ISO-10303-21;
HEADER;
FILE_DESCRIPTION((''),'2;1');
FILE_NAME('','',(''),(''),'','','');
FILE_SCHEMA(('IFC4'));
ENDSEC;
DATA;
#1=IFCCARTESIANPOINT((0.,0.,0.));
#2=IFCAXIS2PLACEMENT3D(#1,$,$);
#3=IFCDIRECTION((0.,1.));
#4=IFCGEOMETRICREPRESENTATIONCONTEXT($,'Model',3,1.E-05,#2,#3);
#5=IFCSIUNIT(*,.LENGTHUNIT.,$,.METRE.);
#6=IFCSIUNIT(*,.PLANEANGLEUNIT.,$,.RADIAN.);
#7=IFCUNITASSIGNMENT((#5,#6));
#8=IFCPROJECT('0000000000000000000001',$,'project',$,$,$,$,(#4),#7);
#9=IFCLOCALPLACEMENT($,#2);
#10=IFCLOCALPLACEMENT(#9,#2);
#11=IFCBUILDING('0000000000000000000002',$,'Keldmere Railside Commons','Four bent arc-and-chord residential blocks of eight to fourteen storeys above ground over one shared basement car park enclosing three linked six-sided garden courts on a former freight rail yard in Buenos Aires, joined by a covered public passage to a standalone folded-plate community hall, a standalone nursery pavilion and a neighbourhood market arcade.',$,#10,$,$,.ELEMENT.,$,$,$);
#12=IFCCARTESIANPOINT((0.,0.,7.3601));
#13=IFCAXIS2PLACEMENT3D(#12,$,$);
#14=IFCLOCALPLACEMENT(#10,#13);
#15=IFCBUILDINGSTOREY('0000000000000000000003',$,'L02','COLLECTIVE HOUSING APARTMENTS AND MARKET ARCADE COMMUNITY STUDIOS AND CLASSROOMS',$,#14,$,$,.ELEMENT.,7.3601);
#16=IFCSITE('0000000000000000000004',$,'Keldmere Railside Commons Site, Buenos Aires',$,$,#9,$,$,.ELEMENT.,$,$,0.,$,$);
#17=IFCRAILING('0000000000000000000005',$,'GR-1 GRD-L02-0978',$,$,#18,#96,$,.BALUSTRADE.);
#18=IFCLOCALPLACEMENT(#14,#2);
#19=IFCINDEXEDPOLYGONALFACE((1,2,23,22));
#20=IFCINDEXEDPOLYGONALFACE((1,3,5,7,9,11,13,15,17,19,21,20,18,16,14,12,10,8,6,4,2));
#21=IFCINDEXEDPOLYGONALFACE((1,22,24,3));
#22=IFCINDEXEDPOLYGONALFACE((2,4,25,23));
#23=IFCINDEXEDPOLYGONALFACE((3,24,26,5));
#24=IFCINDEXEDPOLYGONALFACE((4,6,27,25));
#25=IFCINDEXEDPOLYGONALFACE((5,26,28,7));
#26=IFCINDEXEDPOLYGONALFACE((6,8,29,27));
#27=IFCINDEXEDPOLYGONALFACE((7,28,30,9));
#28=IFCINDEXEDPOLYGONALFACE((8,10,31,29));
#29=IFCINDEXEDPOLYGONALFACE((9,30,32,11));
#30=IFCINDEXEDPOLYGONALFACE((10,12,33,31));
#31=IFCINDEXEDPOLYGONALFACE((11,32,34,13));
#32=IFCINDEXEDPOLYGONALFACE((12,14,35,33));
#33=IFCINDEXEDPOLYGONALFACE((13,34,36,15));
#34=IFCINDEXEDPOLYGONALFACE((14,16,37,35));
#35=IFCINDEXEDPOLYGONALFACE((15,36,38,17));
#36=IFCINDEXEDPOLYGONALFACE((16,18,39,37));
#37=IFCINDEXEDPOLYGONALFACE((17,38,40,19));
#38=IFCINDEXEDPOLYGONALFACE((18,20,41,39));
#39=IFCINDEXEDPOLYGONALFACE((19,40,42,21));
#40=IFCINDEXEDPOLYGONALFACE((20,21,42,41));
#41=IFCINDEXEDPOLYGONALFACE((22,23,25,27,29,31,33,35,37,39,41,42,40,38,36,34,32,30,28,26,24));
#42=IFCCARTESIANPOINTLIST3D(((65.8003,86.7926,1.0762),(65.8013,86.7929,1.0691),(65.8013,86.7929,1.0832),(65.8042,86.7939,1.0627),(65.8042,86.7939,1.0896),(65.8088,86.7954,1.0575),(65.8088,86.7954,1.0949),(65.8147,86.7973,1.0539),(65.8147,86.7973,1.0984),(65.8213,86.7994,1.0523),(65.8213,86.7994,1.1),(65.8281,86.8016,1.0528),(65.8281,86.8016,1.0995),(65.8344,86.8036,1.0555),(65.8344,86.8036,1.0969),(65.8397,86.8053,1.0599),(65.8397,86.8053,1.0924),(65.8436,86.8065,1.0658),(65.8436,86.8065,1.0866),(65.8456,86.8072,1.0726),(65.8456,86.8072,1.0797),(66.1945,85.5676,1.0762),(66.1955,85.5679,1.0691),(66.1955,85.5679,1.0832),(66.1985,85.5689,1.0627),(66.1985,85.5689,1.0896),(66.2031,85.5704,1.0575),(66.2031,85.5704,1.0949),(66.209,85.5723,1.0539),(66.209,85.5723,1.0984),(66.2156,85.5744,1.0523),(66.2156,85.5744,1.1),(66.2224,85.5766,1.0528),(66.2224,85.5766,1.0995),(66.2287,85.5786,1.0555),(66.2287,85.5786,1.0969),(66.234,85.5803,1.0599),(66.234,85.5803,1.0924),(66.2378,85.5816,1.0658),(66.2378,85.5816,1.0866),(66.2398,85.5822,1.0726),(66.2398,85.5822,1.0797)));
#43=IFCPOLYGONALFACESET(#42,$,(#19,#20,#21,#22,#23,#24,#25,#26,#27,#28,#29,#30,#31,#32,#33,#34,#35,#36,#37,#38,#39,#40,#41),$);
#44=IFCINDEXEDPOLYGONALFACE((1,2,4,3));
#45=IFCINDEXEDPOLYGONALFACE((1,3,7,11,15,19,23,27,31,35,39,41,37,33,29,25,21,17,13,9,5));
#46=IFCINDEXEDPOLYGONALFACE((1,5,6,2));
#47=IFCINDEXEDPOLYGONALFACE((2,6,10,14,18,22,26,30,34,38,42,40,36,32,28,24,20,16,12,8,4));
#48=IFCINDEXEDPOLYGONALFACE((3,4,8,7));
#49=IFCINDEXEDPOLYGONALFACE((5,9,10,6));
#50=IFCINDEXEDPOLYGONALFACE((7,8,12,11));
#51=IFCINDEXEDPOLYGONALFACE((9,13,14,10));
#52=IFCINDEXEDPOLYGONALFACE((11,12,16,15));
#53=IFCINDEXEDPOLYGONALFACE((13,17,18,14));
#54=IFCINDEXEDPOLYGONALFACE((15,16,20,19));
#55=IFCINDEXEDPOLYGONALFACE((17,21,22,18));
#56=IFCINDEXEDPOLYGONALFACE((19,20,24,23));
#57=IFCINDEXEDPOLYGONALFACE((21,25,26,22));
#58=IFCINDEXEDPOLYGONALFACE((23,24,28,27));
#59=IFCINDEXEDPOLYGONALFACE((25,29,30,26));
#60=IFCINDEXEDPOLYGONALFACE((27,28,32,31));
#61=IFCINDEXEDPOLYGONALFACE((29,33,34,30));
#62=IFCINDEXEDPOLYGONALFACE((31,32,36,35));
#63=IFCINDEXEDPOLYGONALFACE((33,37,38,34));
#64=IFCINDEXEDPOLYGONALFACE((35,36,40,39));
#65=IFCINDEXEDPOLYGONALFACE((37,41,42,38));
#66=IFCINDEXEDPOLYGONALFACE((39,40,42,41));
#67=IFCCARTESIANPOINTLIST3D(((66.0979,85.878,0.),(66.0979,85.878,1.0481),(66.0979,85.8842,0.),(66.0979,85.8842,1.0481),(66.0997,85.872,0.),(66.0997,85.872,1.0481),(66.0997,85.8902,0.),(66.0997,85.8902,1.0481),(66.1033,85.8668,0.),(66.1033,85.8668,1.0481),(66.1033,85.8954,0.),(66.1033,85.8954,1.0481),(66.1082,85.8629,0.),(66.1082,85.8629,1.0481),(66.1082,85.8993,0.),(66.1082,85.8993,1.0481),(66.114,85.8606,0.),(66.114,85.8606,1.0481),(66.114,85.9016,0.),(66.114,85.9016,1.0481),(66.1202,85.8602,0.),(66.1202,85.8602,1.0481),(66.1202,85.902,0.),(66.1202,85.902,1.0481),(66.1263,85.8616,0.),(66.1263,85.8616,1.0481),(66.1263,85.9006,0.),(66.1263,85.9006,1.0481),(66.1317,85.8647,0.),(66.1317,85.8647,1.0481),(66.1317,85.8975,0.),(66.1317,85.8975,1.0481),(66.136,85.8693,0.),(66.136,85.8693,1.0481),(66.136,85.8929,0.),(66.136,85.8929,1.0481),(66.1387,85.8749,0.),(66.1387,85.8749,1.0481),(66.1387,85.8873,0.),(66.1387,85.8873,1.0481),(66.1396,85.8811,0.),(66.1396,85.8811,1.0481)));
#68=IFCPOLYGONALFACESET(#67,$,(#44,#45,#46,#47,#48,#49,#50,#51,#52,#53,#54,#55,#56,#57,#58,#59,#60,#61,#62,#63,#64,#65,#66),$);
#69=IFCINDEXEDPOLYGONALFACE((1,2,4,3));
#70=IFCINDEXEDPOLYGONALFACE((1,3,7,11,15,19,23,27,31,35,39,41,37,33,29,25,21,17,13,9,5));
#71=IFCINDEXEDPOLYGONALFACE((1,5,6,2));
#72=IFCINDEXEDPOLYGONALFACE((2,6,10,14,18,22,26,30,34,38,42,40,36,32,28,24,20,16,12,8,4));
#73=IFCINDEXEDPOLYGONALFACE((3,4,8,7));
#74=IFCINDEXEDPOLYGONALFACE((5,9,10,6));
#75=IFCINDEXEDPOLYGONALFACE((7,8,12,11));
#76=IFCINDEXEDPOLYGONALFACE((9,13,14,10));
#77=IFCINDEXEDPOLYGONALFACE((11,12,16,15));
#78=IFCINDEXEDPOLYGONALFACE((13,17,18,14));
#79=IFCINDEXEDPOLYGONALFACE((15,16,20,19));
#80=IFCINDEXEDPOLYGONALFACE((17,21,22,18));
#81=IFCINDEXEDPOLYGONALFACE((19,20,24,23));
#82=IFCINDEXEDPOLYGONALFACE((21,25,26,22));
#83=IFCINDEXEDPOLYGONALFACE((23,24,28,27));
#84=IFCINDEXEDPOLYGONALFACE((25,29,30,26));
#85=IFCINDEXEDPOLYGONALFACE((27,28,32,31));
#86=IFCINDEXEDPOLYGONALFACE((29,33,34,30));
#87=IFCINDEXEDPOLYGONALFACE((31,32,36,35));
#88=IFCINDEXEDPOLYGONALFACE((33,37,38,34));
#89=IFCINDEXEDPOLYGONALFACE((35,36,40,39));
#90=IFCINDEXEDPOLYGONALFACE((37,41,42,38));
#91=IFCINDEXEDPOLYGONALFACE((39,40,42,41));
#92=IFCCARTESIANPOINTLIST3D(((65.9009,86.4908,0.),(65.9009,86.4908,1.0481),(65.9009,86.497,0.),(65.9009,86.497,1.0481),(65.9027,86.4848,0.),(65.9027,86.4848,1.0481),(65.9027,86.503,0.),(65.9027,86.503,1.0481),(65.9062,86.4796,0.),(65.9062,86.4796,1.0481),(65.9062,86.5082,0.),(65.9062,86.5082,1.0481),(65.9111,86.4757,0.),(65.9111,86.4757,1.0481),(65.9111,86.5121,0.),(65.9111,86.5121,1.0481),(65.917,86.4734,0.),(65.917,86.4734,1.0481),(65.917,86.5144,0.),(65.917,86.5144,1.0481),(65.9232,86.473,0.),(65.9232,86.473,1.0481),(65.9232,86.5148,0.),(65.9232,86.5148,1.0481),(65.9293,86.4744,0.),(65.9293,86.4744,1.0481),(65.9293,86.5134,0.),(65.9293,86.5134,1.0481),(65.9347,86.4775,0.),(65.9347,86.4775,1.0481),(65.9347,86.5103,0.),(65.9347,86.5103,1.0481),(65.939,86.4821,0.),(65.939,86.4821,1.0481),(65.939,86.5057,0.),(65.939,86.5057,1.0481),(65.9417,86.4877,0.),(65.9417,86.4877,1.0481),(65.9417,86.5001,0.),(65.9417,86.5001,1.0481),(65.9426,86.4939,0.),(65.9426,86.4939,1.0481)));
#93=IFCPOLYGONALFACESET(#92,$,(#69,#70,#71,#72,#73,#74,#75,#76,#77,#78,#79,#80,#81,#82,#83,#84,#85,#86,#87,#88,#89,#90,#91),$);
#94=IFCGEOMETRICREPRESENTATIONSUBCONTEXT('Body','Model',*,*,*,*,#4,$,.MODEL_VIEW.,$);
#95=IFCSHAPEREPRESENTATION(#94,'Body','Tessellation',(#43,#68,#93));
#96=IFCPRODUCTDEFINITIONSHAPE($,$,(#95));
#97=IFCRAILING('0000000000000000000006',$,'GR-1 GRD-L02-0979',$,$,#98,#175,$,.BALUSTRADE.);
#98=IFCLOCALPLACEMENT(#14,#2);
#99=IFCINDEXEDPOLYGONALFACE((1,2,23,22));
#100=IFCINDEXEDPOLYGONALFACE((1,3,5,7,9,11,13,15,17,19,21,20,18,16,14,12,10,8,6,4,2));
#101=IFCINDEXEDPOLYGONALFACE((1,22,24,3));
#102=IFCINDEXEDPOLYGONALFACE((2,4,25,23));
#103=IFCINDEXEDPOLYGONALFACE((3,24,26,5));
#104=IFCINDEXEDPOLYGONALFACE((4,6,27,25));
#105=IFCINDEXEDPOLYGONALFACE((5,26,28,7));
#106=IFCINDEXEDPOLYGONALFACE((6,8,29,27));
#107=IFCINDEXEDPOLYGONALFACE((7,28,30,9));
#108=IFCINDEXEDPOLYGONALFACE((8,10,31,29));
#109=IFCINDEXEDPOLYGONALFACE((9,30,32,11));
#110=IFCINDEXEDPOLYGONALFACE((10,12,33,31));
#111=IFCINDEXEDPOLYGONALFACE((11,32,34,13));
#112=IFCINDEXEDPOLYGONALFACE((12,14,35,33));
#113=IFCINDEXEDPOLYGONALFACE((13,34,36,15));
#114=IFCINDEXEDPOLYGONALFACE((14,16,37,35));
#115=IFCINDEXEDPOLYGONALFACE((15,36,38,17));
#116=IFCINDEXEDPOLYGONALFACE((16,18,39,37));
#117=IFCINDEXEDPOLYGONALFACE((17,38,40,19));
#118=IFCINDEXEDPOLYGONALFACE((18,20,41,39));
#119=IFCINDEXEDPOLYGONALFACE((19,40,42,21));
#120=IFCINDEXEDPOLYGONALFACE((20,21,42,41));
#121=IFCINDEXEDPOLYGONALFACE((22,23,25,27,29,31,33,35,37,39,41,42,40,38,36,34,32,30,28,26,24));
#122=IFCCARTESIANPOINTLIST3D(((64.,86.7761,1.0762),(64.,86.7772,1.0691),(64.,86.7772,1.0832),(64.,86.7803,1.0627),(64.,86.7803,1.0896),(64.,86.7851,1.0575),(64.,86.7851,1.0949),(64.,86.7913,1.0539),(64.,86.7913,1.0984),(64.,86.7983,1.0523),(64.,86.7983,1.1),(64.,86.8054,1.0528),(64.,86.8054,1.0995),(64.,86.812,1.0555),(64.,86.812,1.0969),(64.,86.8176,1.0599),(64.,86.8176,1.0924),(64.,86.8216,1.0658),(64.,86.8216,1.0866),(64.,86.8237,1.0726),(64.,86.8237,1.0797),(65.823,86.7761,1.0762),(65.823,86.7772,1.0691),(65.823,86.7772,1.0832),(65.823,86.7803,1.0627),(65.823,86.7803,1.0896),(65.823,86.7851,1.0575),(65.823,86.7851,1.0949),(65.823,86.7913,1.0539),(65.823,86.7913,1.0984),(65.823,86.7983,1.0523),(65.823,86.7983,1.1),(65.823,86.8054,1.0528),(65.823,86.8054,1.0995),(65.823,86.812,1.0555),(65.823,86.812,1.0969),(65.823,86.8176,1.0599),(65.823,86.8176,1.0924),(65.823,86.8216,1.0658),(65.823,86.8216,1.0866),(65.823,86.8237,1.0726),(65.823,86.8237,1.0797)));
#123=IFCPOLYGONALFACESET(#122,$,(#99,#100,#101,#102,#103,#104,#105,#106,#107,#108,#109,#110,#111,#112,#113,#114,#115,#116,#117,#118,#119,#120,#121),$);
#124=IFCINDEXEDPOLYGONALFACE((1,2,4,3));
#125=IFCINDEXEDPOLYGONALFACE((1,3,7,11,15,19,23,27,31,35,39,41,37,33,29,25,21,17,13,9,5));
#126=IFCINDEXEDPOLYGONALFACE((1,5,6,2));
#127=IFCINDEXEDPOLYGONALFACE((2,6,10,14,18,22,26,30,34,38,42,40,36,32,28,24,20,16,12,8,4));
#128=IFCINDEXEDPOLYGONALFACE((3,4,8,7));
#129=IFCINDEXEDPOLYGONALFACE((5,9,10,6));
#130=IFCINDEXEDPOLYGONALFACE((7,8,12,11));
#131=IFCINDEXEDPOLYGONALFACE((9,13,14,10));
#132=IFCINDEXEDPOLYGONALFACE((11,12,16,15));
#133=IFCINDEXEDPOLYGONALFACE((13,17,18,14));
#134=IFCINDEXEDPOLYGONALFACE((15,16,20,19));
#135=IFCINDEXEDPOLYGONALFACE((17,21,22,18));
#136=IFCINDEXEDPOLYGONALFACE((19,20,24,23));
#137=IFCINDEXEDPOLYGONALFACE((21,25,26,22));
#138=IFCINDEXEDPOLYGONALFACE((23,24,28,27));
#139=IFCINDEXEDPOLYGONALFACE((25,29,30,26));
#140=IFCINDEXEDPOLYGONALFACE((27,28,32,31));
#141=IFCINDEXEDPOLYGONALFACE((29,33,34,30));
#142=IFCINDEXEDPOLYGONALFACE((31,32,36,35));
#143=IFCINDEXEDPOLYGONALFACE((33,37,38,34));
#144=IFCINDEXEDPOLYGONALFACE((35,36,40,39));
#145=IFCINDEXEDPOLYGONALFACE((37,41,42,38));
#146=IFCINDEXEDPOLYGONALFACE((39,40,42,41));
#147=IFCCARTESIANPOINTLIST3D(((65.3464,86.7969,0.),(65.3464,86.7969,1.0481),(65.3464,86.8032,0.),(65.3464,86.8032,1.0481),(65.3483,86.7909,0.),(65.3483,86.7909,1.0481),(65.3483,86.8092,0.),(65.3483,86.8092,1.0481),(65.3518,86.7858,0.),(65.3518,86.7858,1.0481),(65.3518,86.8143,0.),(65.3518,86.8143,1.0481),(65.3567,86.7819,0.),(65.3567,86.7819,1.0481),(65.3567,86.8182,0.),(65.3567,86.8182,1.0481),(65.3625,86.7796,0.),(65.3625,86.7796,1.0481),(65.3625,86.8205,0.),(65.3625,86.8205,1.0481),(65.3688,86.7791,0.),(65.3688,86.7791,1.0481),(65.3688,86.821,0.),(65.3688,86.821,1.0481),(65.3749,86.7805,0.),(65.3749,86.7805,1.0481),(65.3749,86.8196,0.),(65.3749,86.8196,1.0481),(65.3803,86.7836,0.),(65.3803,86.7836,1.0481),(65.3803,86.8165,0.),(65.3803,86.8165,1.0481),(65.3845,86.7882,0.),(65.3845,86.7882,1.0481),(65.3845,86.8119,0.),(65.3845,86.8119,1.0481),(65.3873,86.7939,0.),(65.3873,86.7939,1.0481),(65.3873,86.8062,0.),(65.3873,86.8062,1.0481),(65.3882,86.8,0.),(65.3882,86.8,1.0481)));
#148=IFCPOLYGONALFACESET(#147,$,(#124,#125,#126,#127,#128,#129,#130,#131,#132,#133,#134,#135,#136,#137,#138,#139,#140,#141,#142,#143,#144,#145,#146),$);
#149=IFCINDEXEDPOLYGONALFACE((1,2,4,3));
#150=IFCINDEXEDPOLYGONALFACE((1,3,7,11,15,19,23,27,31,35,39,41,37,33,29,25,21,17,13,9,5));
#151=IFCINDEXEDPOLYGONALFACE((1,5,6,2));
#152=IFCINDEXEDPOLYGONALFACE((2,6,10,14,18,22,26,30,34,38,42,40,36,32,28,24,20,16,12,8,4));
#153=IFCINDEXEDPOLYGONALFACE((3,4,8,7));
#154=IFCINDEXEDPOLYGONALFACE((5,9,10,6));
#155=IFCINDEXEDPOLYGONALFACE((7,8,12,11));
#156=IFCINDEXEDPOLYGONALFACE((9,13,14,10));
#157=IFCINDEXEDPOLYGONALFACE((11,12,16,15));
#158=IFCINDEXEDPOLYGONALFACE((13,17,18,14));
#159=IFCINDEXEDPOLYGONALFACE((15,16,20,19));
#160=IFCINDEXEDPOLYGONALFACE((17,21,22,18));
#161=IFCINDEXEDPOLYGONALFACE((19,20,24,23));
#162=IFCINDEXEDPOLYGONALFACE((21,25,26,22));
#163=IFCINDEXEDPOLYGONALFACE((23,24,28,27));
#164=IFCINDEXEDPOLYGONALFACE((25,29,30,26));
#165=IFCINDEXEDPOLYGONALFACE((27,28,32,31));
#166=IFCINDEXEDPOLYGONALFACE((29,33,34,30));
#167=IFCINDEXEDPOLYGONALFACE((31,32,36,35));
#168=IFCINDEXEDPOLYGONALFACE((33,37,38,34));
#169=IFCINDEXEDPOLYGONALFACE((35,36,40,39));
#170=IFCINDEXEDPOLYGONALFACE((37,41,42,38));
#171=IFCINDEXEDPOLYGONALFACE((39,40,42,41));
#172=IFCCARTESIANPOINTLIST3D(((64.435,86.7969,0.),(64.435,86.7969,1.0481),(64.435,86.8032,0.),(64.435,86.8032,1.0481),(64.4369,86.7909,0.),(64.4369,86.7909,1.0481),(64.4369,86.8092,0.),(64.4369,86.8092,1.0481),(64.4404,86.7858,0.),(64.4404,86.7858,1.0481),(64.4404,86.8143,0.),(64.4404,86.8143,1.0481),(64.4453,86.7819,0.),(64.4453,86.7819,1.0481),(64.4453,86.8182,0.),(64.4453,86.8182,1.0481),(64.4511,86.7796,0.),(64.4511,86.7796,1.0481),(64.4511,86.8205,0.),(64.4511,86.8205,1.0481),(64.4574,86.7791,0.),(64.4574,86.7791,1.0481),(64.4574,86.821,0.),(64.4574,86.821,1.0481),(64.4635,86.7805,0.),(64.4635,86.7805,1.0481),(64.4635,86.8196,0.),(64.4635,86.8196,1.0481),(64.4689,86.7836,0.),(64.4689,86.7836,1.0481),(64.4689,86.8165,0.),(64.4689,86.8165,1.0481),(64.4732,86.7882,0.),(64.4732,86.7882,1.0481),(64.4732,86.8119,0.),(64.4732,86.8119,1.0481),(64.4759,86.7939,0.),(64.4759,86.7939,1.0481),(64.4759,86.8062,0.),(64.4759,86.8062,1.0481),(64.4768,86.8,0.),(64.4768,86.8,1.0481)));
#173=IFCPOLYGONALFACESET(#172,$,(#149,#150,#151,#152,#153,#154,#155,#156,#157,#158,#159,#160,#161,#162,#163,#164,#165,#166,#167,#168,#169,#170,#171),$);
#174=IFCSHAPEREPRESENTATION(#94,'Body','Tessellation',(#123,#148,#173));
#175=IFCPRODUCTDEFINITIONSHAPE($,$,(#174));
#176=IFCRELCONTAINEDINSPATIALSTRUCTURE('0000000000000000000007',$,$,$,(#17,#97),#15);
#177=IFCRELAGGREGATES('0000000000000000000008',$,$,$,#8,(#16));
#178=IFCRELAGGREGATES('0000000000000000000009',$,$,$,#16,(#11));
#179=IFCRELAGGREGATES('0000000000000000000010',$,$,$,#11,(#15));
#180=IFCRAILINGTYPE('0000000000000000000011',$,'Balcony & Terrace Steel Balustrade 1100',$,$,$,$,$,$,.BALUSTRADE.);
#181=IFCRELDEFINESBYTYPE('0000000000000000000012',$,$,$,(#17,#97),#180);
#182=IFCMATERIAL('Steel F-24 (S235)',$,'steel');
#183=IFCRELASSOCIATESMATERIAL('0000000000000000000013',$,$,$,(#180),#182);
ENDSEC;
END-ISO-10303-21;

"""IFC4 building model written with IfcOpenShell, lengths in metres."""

from ifc_helpers import new_model, si_unit, direction, frame, origin, origin_2d, place, context, subcontext, project, spatial, circle, extrude, material, type_object, element, save


model = new_model("IFC4")

# Units and contexts
model_context = context("Model", 3, precision=1e-05, world=origin(), true_north=direction((0.0, 1.0)))
body_context = subcontext(model_context, "Body", "Model", "MODEL_VIEW")
ifc_project = project(units=[si_unit("LENGTHUNIT", "METRE"), si_unit("PLANEANGLEUNIT", "RADIAN")], contexts=[model_context])

# Site, building, storey
site_placement = place(None, origin())
site = spatial("IfcSite", under=ifc_project, at=site_placement, Name="Keldmere Railside Commons Site, Buenos Aires", CompositionType="ELEMENT", RefElevation=0.0)
building_placement = place(site_placement, origin())
building = spatial("IfcBuilding", under=site, at=building_placement, Name="Keldmere Railside Commons", Description="Four bent arc-and-chord residential blocks of eight to fourteen storeys above ground over one shared basement car park enclosing three linked six-sided garden courts on a former freight rail yard in Buenos Aires, joined by a covered public passage to a standalone folded-plate community hall, a standalone nursery pavilion and a neighbourhood market arcade.", CompositionType="ELEMENT")
storey_placement = place(building_placement, frame((0.0, 0.0, 7.3601)))
storey = spatial("IfcBuildingStorey", under=building, at=storey_placement, Name="L02", Description="COLLECTIVE HOUSING APARTMENTS AND MARKET ARCADE COMMUNITY STUDIOS AND CLASSROOMS", CompositionType="ELEMENT", Elevation=7.3601)

# Railings
ifc_material_1 = material(Name="Steel F-24 (S235)", Category="steel")
railing_type = type_object("IfcRailingType", Name="Balcony & Terrace Steel Balustrade 1100", PredefinedType="BALUSTRADE", material=ifc_material_1)
railing_1_placement = place(storey_placement, frame((66.2173, 85.575, 0.0)))
element("IfcRailing", 1, at=railing_1_placement, inside=storey, type_object=railing_type, Name="GR-1 GRD-L02-0978", PredefinedType="BALUSTRADE", context=body_context, shape_type="SweptSolid", body=[
    extrude(circle(Radius=0.0239, at=origin_2d()), frame((0.0, 0.0, 1.0762), z_axis=(-0.306365, 0.951914, 0.0), x_axis=(-0.951914, -0.306365, 0.0)), (0.0, 0.0, 1.0), 1.2869),
    extrude(circle(Radius=0.021, at=origin_2d()), frame((-0.0986, 0.3062, 0.0)), (0.0, 0.0, 1.0), 1.0481),
    extrude(circle(Radius=0.021, at=origin_2d()), frame((-0.2957, 0.9189, 0.0)), (0.0, 0.0, 1.0), 1.0481),
])
railing_2_placement = place(storey_placement, frame((65.823, 86.8, 0.0)))
element("IfcRailing", 2, at=railing_2_placement, inside=storey, type_object=railing_type, Name="GR-1 GRD-L02-0979", PredefinedType="BALUSTRADE", context=body_context, shape_type="SweptSolid", body=[
    extrude(circle(Radius=0.0239, at=origin_2d()), frame((0.0, 0.0, 1.0762), z_axis=(-1.0, 0.0, 0.0), x_axis=(0.0, -1.0, 0.0)), (0.0, 0.0, 1.0), 1.823),
    extrude(circle(Radius=0.021, at=origin_2d()), frame((-0.4558, 0.0, 0.0)), (0.0, 0.0, 1.0), 1.0481),
    extrude(circle(Radius=0.021, at=origin_2d()), frame((-1.3672, 0.0, 0.0)), (0.0, 0.0, 1.0), 1.0481),
])

save(model, "model.ifc")
